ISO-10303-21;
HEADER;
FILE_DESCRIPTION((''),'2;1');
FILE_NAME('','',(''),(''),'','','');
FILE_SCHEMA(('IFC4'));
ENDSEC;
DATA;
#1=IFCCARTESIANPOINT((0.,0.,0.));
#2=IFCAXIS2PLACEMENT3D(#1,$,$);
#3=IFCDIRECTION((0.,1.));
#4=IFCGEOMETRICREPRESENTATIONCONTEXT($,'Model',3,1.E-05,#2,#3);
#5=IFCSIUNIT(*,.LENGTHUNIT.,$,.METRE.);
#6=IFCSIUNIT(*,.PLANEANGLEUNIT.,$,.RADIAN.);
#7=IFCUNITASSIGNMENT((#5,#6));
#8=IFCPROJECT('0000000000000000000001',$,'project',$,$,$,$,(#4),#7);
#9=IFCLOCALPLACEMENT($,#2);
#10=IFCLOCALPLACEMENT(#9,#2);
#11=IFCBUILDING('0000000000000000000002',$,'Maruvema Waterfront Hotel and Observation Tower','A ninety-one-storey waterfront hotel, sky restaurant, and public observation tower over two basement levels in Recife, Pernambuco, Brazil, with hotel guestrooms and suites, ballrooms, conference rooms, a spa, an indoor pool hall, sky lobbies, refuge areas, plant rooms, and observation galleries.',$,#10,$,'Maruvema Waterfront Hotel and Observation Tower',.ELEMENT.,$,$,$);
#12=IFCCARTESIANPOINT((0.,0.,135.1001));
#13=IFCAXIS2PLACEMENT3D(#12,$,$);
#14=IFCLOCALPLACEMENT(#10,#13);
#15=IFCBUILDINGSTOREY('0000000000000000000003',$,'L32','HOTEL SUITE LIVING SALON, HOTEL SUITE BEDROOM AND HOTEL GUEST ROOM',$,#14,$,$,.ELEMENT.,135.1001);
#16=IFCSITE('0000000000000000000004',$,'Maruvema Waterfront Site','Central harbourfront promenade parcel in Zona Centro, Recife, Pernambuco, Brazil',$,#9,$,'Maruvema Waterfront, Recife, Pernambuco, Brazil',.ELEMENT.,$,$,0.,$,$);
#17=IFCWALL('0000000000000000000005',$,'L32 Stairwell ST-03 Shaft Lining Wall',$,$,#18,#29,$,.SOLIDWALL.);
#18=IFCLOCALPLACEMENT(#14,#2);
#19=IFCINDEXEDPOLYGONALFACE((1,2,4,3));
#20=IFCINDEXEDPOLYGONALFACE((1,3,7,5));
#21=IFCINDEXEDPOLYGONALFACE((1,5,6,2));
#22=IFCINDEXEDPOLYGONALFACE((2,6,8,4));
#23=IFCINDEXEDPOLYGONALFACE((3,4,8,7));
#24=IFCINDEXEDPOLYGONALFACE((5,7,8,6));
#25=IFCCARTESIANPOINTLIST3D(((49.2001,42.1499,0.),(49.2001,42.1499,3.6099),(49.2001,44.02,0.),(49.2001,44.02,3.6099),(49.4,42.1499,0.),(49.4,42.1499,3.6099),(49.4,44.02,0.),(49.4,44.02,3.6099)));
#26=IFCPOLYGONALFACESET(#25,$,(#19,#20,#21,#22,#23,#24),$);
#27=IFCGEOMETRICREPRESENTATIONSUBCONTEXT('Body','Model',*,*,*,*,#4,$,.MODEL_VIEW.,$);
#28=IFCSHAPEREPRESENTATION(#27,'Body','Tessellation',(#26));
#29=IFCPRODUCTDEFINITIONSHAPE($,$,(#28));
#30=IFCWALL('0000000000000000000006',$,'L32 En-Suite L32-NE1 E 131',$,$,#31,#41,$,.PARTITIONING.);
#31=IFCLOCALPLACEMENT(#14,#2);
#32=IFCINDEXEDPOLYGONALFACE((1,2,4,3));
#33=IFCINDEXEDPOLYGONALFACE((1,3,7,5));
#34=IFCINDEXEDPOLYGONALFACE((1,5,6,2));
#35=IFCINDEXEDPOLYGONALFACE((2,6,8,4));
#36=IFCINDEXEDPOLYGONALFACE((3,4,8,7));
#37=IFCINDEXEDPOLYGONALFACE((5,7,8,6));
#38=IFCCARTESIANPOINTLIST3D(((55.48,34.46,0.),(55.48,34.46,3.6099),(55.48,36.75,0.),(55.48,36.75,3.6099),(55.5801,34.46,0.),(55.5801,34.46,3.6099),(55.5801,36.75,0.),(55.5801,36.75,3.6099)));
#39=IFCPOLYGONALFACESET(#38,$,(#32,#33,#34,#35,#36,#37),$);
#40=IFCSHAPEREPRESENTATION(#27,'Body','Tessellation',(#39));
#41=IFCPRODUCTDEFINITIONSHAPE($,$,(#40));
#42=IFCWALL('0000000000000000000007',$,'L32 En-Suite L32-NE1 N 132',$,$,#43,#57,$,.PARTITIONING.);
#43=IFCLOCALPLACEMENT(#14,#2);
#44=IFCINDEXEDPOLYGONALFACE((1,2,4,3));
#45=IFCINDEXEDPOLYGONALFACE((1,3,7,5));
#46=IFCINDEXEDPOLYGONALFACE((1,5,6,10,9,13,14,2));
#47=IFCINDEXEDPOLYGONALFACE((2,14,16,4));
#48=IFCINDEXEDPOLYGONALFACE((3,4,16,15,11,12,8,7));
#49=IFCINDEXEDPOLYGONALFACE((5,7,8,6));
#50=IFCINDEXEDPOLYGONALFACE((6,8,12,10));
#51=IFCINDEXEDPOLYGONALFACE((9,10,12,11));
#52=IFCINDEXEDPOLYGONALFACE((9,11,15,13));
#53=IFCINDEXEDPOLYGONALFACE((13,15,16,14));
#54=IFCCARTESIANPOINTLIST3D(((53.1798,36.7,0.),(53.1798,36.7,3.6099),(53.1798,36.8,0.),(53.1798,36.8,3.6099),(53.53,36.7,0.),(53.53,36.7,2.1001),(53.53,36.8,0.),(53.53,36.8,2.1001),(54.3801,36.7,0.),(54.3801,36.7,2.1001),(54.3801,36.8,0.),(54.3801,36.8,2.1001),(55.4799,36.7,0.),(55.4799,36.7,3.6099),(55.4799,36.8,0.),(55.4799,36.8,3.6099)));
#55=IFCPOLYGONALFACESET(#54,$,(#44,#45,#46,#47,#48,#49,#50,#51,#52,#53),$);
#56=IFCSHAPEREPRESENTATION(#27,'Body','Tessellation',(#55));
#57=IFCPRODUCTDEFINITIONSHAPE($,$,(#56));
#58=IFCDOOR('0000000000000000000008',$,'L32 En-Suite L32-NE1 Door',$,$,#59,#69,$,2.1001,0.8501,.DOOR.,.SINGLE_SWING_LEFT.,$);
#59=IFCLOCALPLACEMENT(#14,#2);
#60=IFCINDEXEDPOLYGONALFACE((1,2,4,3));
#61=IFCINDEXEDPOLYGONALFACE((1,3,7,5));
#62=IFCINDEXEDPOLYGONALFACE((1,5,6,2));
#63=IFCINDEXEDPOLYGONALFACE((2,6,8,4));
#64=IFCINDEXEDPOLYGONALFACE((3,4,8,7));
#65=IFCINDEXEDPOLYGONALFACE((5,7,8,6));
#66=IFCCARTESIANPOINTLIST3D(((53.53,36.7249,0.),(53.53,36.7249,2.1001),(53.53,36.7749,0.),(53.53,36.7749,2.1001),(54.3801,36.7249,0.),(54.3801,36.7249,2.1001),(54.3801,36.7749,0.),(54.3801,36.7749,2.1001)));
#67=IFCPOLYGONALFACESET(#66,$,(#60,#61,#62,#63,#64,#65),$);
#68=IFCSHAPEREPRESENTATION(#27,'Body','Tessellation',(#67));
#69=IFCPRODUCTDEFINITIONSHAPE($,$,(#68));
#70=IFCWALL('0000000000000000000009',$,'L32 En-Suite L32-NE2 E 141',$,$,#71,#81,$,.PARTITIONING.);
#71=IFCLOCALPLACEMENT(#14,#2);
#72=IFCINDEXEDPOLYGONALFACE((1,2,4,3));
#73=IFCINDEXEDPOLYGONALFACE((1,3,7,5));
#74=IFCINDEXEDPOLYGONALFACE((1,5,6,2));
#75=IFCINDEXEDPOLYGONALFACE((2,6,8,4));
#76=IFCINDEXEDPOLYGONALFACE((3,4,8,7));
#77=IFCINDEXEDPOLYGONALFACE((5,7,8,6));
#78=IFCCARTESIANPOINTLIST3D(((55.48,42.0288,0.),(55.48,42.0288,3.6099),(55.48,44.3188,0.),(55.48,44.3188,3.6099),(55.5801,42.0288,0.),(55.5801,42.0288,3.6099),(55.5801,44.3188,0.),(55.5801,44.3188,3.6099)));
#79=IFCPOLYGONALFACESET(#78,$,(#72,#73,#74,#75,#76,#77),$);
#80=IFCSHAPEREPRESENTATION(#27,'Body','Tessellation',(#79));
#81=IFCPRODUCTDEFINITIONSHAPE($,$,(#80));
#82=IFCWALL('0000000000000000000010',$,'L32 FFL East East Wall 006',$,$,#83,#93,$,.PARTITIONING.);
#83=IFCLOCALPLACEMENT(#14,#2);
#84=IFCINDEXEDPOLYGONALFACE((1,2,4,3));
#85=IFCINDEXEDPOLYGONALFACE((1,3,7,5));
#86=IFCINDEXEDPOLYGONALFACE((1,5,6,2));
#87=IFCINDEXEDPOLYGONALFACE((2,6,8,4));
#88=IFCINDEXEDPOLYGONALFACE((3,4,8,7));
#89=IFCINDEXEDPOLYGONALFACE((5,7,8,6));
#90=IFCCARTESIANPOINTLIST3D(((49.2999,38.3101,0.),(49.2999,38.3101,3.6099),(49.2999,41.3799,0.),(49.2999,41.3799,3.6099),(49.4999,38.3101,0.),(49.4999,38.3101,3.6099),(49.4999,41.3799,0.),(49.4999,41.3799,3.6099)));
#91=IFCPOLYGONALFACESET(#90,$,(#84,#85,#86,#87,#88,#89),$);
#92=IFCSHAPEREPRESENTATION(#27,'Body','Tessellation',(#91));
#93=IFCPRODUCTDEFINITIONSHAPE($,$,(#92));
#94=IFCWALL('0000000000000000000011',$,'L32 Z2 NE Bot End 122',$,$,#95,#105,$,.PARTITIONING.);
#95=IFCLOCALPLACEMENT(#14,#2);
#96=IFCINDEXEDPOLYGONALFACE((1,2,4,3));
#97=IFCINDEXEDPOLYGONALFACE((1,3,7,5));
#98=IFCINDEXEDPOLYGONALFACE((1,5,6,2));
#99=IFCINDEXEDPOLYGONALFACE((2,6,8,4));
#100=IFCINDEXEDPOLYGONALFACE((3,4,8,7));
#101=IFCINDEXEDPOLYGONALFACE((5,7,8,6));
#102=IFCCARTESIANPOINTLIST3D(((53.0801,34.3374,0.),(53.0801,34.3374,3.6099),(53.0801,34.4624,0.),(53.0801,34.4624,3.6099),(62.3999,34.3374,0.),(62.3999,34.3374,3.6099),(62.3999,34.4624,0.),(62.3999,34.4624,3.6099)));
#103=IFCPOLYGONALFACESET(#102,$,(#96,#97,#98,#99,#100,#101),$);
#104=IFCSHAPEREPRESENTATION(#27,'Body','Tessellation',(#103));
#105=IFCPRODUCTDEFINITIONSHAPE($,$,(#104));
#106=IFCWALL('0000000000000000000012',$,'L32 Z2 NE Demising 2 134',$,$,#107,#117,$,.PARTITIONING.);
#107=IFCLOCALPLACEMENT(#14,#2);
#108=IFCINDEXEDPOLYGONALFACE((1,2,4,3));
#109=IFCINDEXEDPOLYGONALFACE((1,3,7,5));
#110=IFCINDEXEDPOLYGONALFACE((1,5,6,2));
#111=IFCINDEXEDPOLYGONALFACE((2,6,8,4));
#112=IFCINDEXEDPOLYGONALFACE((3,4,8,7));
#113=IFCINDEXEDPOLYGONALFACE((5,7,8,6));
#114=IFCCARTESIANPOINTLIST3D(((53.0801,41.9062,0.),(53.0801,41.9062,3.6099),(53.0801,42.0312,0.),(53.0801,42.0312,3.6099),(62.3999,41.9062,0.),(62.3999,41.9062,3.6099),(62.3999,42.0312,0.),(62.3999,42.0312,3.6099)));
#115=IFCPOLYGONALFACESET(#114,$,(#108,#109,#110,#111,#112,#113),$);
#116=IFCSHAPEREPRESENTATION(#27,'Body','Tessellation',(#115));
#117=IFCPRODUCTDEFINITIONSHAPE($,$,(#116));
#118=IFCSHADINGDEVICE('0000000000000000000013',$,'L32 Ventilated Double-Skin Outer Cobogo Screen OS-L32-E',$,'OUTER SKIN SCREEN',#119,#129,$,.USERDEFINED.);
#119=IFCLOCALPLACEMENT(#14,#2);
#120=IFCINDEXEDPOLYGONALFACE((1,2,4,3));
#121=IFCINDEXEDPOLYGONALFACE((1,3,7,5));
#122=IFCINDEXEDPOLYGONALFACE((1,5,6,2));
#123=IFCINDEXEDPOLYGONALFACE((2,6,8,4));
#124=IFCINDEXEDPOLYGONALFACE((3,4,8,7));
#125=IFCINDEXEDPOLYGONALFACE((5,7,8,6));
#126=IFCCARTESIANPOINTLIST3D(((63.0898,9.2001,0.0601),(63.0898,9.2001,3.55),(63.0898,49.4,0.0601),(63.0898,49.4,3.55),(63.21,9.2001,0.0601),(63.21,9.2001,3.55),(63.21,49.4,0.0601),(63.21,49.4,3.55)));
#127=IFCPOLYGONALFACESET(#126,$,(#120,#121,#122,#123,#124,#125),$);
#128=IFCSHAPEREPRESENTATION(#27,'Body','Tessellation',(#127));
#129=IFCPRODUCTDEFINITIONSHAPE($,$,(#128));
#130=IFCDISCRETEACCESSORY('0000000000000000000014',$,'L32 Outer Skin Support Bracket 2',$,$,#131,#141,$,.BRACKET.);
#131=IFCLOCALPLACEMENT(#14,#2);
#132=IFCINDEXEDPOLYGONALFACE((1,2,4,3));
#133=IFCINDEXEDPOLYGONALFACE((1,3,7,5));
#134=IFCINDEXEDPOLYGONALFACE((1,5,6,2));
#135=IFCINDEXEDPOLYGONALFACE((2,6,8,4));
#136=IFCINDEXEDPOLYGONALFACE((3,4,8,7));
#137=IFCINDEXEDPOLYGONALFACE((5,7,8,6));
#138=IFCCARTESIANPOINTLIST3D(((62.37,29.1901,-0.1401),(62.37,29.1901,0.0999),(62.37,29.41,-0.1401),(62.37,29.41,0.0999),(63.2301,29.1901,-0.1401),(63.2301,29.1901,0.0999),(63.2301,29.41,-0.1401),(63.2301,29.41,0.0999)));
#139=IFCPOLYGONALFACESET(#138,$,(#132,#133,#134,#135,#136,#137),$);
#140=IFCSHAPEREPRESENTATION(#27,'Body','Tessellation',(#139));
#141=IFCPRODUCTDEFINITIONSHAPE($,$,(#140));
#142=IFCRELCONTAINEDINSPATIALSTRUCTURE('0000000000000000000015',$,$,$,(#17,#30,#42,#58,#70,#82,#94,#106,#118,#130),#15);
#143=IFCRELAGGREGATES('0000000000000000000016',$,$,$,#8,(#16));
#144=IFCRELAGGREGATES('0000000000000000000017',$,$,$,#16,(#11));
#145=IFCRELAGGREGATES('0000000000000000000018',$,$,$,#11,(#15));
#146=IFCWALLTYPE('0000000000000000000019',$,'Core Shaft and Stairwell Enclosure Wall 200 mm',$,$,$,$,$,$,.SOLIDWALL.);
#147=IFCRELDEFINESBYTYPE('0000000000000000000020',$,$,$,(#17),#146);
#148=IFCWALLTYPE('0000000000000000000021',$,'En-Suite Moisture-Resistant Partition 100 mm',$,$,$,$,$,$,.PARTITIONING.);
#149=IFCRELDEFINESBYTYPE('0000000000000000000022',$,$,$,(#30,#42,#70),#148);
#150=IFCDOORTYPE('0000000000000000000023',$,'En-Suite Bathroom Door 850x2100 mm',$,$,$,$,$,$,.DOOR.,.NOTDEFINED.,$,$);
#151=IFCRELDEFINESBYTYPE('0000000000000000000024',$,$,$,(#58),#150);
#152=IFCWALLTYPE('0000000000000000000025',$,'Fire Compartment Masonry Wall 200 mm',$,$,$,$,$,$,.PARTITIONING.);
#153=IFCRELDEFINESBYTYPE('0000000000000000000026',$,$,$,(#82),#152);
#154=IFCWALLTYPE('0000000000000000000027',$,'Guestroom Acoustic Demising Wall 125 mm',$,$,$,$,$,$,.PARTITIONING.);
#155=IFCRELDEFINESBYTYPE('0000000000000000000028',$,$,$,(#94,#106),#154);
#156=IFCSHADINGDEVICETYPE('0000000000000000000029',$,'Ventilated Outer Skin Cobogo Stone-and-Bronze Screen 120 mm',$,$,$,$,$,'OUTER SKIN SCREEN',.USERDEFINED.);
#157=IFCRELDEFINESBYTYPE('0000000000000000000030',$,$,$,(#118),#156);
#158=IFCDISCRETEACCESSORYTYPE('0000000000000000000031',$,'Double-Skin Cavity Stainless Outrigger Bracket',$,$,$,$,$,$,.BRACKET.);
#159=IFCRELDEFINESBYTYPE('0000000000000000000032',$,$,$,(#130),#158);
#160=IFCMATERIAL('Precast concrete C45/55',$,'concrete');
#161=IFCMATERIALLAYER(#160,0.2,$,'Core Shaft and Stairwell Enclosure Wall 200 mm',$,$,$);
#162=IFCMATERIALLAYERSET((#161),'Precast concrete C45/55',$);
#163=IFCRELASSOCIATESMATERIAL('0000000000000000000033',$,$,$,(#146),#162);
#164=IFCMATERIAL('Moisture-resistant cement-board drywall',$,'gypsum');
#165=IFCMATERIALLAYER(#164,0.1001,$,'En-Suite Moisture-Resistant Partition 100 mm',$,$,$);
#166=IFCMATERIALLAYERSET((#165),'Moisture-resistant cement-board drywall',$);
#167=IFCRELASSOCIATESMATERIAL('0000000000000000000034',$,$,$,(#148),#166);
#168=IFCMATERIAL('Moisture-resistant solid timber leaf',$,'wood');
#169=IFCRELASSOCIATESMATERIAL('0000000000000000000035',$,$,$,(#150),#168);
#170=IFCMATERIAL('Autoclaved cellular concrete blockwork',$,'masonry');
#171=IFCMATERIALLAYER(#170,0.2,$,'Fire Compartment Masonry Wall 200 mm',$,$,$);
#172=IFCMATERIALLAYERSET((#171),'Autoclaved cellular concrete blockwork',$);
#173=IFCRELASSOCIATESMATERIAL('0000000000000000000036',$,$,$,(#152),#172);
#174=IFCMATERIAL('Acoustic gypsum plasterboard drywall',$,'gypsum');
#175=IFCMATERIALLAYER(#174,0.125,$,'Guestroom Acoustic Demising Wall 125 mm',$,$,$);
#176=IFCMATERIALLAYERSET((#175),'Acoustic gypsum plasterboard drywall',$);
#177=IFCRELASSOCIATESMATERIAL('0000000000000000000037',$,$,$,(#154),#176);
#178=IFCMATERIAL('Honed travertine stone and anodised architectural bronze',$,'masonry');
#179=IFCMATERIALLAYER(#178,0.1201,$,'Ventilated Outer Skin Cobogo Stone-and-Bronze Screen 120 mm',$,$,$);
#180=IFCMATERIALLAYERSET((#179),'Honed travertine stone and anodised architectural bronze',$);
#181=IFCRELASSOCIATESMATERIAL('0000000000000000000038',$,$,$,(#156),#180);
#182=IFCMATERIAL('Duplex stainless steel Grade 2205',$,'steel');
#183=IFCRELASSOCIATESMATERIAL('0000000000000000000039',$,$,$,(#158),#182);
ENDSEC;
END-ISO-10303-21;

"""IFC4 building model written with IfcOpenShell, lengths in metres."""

from ifc_helpers import new_model, si_unit, direction, frame, frame_2d, origin, origin_2d, place, context, subcontext, project, spatial, rectangle, extrude, material, layer, layer_set, type_object, element, fill, save


model = new_model("IFC4")

# Units and contexts
model_context = context("Model", 3, precision=1e-05, world=origin(), true_north=direction((0.0, 1.0)))
body_context = subcontext(model_context, "Body", "Model", "MODEL_VIEW")
ifc_project = project(units=[si_unit("LENGTHUNIT", "METRE"), si_unit("PLANEANGLEUNIT", "RADIAN")], contexts=[model_context])

# Site, building, storey
site_placement = place(None, origin())
site = spatial("IfcSite", under=ifc_project, at=site_placement, Name="Maruvema Waterfront Site", Description="Central harbourfront promenade parcel in Zona Centro, Recife, Pernambuco, Brazil", LongName="Maruvema Waterfront, Recife, Pernambuco, Brazil", CompositionType="ELEMENT", RefElevation=0.0)
building_placement = place(site_placement, origin())
building = spatial("IfcBuilding", under=site, at=building_placement, Name="Maruvema Waterfront Hotel and Observation Tower", Description="A ninety-one-storey waterfront hotel, sky restaurant, and public observation tower over two basement levels in Recife, Pernambuco, Brazil, with hotel guestrooms and suites, ballrooms, conference rooms, a spa, an indoor pool hall, sky lobbies, refuge areas, plant rooms, and observation galleries.", LongName="Maruvema Waterfront Hotel and Observation Tower", CompositionType="ELEMENT")
storey_placement = place(building_placement, frame((0.0, 0.0, 135.1001)))
storey = spatial("IfcBuildingStorey", under=building, at=storey_placement, Name="L32", Description="HOTEL SUITE LIVING SALON, HOTEL SUITE BEDROOM AND HOTEL GUEST ROOM", CompositionType="ELEMENT", Elevation=135.1001)

# Walls
ifc_material_1 = material(Name="Precast concrete C45/55", Category="concrete")
ifc_layer_1 = layer(ifc_material_1, 0.2, Name="Core Shaft and Stairwell Enclosure Wall 200 mm")
ifc_layer_set_1 = layer_set([ifc_layer_1], Name="Precast concrete C45/55")
wall_type_1 = type_object("IfcWallType", Name="Core Shaft and Stairwell Enclosure Wall 200 mm", PredefinedType="SOLIDWALL", material=ifc_layer_set_1)
wall_1_placement = place(storey_placement, frame((49.3, 42.1499, 0.0), z_axis=(0.0, 0.0, 1.0), x_axis=(0.0, 1.0, 0.0)))
element("IfcWall", 1, at=wall_1_placement, inside=storey, type_object=wall_type_1, Name="L32 Stairwell ST-03 Shaft Lining Wall", PredefinedType="SOLIDWALL", context=body_context, shape_type="SweptSolid", body=[
    extrude(rectangle(XDim=1.8701, YDim=0.2, at=frame_2d((0.9351, 0.0))), origin(), (0.0, 0.0, 1.0), 3.6099),
])
ifc_material_2 = material(Name="Moisture-resistant cement-board drywall", Category="gypsum")
ifc_layer_2 = layer(ifc_material_2, 0.1001, Name="En-Suite Moisture-Resistant Partition 100 mm")
ifc_layer_set_2 = layer_set([ifc_layer_2], Name="Moisture-resistant cement-board drywall")
wall_type_2 = type_object("IfcWallType", Name="En-Suite Moisture-Resistant Partition 100 mm", PredefinedType="PARTITIONING", material=ifc_layer_set_2)
wall_2_placement = place(storey_placement, frame((55.53, 34.46, 0.0), z_axis=(0.0, 0.0, 1.0), x_axis=(0.0, 1.0, 0.0)))
element("IfcWall", 2, at=wall_2_placement, inside=storey, type_object=wall_type_2, Name="L32 En-Suite L32-NE1 E 131", PredefinedType="PARTITIONING", context=body_context, shape_type="SweptSolid", body=[
    extrude(rectangle(XDim=2.29, YDim=0.1001, at=frame_2d((1.145, 0.0))), origin(), (0.0, 0.0, 1.0), 3.6099),
])

# Wall, opening, door
wall_3_placement = place(storey_placement, frame((53.1799, 36.75, 0.0), z_axis=(0.0, 0.0, 1.0), x_axis=(1.0, 0.0, 0.0)))
wall_3 = element("IfcWall", 3, at=wall_3_placement, inside=storey, type_object=wall_type_2, Name="L32 En-Suite L32-NE1 N 132", PredefinedType="PARTITIONING", context=body_context, shape_type="SweptSolid", body=[
    extrude(rectangle(XDim=2.3, YDim=0.1001, at=frame_2d((1.1499, 0.0))), origin(), (0.0, 0.0, 1.0), 3.6099),
])
opening_1_placement = place(wall_3_placement, frame((0.3501, 0.0, 0.0)))
opening_1 = element("IfcOpeningElement", 4, at=opening_1_placement, cuts=wall_3, PredefinedType="OPENING", context=body_context, shape_type="SweptSolid", body=[
    extrude(rectangle(XDim=0.8501, YDim=2.1001, at=frame_2d((0.425, 1.05))), frame((0.0, 0.0601, 0.0), z_axis=(0.0, -1.0, 0.0), x_axis=(1.0, 0.0, 0.0)), (0.0, 0.0, 1.0), 0.1201),
])
ifc_material_3 = material(Name="Moisture-resistant solid timber leaf", Category="wood")
door_type_1 = type_object("IfcDoorType", Name="En-Suite Bathroom Door 850x2100 mm", OperationType="NOTDEFINED", PredefinedType="DOOR", material=ifc_material_3)
door_1_placement = place(opening_1_placement, origin())
door_1 = element("IfcDoor", 5, at=door_1_placement, inside=storey, type_object=door_type_1, Name="L32 En-Suite L32-NE1 Door", OperationType="SINGLE_SWING_LEFT", OverallHeight=2.1001, OverallWidth=0.8501, PredefinedType="DOOR", context=body_context, shape_type="SweptSolid", body=[
    extrude(rectangle(XDim=0.8501, YDim=2.1001, at=frame_2d((0.425, 1.05))), frame((0.0, 0.0249, 0.0), z_axis=(0.0, -1.0, 0.0), x_axis=(1.0, 0.0, 0.0)), (0.0, 0.0, 1.0), 0.05),
])
fill(opening_1, door_1)

# Walls
wall_4_placement = place(storey_placement, frame((55.53, 42.0288, 0.0), z_axis=(0.0, 0.0, 1.0), x_axis=(0.0, 1.0, 0.0)))
element("IfcWall", 6, at=wall_4_placement, inside=storey, type_object=wall_type_2, Name="L32 En-Suite L32-NE2 E 141", PredefinedType="PARTITIONING", context=body_context, shape_type="SweptSolid", body=[
    extrude(rectangle(XDim=2.29, YDim=0.1001, at=frame_2d((1.145, 0.0))), origin(), (0.0, 0.0, 1.0), 3.6099),
])
ifc_material_4 = material(Name="Autoclaved cellular concrete blockwork", Category="masonry")
ifc_layer_3 = layer(ifc_material_4, 0.2, Name="Fire Compartment Masonry Wall 200 mm")
ifc_layer_set_3 = layer_set([ifc_layer_3], Name="Autoclaved cellular concrete blockwork")
wall_type_3 = type_object("IfcWallType", Name="Fire Compartment Masonry Wall 200 mm", PredefinedType="PARTITIONING", material=ifc_layer_set_3)
wall_5_placement = place(storey_placement, frame((49.3999, 38.3101, 0.0), z_axis=(0.0, 0.0, 1.0), x_axis=(0.0, 1.0, 0.0)))
element("IfcWall", 7, at=wall_5_placement, inside=storey, type_object=wall_type_3, Name="L32 FFL East East Wall 006", PredefinedType="PARTITIONING", context=body_context, shape_type="SweptSolid", body=[
    extrude(rectangle(XDim=3.0698, YDim=0.2, at=frame_2d((1.5349, 0.0))), origin(), (0.0, 0.0, 1.0), 3.6099),
])
ifc_material_5 = material(Name="Acoustic gypsum plasterboard drywall", Category="gypsum")
ifc_layer_4 = layer(ifc_material_5, 0.125, Name="Guestroom Acoustic Demising Wall 125 mm")
ifc_layer_set_4 = layer_set([ifc_layer_4], Name="Acoustic gypsum plasterboard drywall")
wall_type_4 = type_object("IfcWallType", Name="Guestroom Acoustic Demising Wall 125 mm", PredefinedType="PARTITIONING", material=ifc_layer_set_4)
for number, where, z_axis, x_axis, name in (
    (8, (53.0801, 34.3999, 0.0), (0.0, 0.0, 1.0), (1.0, 0.0, 0.0), "L32 Z2 NE Bot End 122"),
    (9, (53.0801, 41.9688, 0.0), (0.0, 0.0, 1.0), (1.0, 0.0, 0.0), "L32 Z2 NE Demising 2 134"),
):
    element("IfcWall", number, at=place(storey_placement, frame(where, z_axis=z_axis, x_axis=x_axis)), inside=storey, type_object=wall_type_4, Name=name, PredefinedType="PARTITIONING", context=body_context, shape_type="SweptSolid", body=[
        extrude(rectangle(XDim=9.3198, YDim=0.125, at=frame_2d((4.6599, 0.0))), origin(), (0.0, 0.0, 1.0), 3.6099),
    ])

# Shading device
ifc_material_6 = material(Name="Honed travertine stone and anodised architectural bronze", Category="masonry")
ifc_layer_5 = layer(ifc_material_6, 0.1201, Name="Ventilated Outer Skin Cobogo Stone-and-Bronze Screen 120 mm")
ifc_layer_set_5 = layer_set([ifc_layer_5], Name="Honed travertine stone and anodised architectural bronze")
shading_device_type = type_object("IfcShadingDeviceType", Name="Ventilated Outer Skin Cobogo Stone-and-Bronze Screen 120 mm", ElementType="OUTER SKIN SCREEN", PredefinedType="USERDEFINED", material=ifc_layer_set_5)
shading_device_placement = place(storey_placement, frame((63.1499, 29.3, 0.0601), z_axis=(0.0, 0.0, 1.0), x_axis=(0.0, 1.0, 0.0)))
element("IfcShadingDevice", 10, at=shading_device_placement, inside=storey, type_object=shading_device_type, Name="L32 Ventilated Double-Skin Outer Cobogo Screen OS-L32-E", ObjectType="OUTER SKIN SCREEN", PredefinedType="USERDEFINED", context=body_context, shape_type="SweptSolid", body=[
    extrude(rectangle(XDim=40.2, YDim=0.1201, at=origin_2d()), origin(), (0.0, 0.0, 1.0), 3.49),
])

# Discrete accessory
ifc_material_7 = material(Name="Duplex stainless steel Grade 2205", Category="steel")
discrete_accessory_type = type_object("IfcDiscreteAccessoryType", Name="Double-Skin Cavity Stainless Outrigger Bracket", PredefinedType="BRACKET", material=ifc_material_7)
discrete_accessory_placement = place(storey_placement, frame((62.8, 29.3, -0.1401), z_axis=(0.0, 0.0, 1.0), x_axis=(0.0, 1.0, 0.0)))
element("IfcDiscreteAccessory", 11, at=discrete_accessory_placement, inside=storey, type_object=discrete_accessory_type, Name="L32 Outer Skin Support Bracket 2", PredefinedType="BRACKET", context=body_context, shape_type="SweptSolid", body=[
    extrude(rectangle(XDim=0.22, YDim=0.8601, at=origin_2d()), origin(), (0.0, 0.0, 1.0), 0.24),
])

save(model, "model.ifc")
